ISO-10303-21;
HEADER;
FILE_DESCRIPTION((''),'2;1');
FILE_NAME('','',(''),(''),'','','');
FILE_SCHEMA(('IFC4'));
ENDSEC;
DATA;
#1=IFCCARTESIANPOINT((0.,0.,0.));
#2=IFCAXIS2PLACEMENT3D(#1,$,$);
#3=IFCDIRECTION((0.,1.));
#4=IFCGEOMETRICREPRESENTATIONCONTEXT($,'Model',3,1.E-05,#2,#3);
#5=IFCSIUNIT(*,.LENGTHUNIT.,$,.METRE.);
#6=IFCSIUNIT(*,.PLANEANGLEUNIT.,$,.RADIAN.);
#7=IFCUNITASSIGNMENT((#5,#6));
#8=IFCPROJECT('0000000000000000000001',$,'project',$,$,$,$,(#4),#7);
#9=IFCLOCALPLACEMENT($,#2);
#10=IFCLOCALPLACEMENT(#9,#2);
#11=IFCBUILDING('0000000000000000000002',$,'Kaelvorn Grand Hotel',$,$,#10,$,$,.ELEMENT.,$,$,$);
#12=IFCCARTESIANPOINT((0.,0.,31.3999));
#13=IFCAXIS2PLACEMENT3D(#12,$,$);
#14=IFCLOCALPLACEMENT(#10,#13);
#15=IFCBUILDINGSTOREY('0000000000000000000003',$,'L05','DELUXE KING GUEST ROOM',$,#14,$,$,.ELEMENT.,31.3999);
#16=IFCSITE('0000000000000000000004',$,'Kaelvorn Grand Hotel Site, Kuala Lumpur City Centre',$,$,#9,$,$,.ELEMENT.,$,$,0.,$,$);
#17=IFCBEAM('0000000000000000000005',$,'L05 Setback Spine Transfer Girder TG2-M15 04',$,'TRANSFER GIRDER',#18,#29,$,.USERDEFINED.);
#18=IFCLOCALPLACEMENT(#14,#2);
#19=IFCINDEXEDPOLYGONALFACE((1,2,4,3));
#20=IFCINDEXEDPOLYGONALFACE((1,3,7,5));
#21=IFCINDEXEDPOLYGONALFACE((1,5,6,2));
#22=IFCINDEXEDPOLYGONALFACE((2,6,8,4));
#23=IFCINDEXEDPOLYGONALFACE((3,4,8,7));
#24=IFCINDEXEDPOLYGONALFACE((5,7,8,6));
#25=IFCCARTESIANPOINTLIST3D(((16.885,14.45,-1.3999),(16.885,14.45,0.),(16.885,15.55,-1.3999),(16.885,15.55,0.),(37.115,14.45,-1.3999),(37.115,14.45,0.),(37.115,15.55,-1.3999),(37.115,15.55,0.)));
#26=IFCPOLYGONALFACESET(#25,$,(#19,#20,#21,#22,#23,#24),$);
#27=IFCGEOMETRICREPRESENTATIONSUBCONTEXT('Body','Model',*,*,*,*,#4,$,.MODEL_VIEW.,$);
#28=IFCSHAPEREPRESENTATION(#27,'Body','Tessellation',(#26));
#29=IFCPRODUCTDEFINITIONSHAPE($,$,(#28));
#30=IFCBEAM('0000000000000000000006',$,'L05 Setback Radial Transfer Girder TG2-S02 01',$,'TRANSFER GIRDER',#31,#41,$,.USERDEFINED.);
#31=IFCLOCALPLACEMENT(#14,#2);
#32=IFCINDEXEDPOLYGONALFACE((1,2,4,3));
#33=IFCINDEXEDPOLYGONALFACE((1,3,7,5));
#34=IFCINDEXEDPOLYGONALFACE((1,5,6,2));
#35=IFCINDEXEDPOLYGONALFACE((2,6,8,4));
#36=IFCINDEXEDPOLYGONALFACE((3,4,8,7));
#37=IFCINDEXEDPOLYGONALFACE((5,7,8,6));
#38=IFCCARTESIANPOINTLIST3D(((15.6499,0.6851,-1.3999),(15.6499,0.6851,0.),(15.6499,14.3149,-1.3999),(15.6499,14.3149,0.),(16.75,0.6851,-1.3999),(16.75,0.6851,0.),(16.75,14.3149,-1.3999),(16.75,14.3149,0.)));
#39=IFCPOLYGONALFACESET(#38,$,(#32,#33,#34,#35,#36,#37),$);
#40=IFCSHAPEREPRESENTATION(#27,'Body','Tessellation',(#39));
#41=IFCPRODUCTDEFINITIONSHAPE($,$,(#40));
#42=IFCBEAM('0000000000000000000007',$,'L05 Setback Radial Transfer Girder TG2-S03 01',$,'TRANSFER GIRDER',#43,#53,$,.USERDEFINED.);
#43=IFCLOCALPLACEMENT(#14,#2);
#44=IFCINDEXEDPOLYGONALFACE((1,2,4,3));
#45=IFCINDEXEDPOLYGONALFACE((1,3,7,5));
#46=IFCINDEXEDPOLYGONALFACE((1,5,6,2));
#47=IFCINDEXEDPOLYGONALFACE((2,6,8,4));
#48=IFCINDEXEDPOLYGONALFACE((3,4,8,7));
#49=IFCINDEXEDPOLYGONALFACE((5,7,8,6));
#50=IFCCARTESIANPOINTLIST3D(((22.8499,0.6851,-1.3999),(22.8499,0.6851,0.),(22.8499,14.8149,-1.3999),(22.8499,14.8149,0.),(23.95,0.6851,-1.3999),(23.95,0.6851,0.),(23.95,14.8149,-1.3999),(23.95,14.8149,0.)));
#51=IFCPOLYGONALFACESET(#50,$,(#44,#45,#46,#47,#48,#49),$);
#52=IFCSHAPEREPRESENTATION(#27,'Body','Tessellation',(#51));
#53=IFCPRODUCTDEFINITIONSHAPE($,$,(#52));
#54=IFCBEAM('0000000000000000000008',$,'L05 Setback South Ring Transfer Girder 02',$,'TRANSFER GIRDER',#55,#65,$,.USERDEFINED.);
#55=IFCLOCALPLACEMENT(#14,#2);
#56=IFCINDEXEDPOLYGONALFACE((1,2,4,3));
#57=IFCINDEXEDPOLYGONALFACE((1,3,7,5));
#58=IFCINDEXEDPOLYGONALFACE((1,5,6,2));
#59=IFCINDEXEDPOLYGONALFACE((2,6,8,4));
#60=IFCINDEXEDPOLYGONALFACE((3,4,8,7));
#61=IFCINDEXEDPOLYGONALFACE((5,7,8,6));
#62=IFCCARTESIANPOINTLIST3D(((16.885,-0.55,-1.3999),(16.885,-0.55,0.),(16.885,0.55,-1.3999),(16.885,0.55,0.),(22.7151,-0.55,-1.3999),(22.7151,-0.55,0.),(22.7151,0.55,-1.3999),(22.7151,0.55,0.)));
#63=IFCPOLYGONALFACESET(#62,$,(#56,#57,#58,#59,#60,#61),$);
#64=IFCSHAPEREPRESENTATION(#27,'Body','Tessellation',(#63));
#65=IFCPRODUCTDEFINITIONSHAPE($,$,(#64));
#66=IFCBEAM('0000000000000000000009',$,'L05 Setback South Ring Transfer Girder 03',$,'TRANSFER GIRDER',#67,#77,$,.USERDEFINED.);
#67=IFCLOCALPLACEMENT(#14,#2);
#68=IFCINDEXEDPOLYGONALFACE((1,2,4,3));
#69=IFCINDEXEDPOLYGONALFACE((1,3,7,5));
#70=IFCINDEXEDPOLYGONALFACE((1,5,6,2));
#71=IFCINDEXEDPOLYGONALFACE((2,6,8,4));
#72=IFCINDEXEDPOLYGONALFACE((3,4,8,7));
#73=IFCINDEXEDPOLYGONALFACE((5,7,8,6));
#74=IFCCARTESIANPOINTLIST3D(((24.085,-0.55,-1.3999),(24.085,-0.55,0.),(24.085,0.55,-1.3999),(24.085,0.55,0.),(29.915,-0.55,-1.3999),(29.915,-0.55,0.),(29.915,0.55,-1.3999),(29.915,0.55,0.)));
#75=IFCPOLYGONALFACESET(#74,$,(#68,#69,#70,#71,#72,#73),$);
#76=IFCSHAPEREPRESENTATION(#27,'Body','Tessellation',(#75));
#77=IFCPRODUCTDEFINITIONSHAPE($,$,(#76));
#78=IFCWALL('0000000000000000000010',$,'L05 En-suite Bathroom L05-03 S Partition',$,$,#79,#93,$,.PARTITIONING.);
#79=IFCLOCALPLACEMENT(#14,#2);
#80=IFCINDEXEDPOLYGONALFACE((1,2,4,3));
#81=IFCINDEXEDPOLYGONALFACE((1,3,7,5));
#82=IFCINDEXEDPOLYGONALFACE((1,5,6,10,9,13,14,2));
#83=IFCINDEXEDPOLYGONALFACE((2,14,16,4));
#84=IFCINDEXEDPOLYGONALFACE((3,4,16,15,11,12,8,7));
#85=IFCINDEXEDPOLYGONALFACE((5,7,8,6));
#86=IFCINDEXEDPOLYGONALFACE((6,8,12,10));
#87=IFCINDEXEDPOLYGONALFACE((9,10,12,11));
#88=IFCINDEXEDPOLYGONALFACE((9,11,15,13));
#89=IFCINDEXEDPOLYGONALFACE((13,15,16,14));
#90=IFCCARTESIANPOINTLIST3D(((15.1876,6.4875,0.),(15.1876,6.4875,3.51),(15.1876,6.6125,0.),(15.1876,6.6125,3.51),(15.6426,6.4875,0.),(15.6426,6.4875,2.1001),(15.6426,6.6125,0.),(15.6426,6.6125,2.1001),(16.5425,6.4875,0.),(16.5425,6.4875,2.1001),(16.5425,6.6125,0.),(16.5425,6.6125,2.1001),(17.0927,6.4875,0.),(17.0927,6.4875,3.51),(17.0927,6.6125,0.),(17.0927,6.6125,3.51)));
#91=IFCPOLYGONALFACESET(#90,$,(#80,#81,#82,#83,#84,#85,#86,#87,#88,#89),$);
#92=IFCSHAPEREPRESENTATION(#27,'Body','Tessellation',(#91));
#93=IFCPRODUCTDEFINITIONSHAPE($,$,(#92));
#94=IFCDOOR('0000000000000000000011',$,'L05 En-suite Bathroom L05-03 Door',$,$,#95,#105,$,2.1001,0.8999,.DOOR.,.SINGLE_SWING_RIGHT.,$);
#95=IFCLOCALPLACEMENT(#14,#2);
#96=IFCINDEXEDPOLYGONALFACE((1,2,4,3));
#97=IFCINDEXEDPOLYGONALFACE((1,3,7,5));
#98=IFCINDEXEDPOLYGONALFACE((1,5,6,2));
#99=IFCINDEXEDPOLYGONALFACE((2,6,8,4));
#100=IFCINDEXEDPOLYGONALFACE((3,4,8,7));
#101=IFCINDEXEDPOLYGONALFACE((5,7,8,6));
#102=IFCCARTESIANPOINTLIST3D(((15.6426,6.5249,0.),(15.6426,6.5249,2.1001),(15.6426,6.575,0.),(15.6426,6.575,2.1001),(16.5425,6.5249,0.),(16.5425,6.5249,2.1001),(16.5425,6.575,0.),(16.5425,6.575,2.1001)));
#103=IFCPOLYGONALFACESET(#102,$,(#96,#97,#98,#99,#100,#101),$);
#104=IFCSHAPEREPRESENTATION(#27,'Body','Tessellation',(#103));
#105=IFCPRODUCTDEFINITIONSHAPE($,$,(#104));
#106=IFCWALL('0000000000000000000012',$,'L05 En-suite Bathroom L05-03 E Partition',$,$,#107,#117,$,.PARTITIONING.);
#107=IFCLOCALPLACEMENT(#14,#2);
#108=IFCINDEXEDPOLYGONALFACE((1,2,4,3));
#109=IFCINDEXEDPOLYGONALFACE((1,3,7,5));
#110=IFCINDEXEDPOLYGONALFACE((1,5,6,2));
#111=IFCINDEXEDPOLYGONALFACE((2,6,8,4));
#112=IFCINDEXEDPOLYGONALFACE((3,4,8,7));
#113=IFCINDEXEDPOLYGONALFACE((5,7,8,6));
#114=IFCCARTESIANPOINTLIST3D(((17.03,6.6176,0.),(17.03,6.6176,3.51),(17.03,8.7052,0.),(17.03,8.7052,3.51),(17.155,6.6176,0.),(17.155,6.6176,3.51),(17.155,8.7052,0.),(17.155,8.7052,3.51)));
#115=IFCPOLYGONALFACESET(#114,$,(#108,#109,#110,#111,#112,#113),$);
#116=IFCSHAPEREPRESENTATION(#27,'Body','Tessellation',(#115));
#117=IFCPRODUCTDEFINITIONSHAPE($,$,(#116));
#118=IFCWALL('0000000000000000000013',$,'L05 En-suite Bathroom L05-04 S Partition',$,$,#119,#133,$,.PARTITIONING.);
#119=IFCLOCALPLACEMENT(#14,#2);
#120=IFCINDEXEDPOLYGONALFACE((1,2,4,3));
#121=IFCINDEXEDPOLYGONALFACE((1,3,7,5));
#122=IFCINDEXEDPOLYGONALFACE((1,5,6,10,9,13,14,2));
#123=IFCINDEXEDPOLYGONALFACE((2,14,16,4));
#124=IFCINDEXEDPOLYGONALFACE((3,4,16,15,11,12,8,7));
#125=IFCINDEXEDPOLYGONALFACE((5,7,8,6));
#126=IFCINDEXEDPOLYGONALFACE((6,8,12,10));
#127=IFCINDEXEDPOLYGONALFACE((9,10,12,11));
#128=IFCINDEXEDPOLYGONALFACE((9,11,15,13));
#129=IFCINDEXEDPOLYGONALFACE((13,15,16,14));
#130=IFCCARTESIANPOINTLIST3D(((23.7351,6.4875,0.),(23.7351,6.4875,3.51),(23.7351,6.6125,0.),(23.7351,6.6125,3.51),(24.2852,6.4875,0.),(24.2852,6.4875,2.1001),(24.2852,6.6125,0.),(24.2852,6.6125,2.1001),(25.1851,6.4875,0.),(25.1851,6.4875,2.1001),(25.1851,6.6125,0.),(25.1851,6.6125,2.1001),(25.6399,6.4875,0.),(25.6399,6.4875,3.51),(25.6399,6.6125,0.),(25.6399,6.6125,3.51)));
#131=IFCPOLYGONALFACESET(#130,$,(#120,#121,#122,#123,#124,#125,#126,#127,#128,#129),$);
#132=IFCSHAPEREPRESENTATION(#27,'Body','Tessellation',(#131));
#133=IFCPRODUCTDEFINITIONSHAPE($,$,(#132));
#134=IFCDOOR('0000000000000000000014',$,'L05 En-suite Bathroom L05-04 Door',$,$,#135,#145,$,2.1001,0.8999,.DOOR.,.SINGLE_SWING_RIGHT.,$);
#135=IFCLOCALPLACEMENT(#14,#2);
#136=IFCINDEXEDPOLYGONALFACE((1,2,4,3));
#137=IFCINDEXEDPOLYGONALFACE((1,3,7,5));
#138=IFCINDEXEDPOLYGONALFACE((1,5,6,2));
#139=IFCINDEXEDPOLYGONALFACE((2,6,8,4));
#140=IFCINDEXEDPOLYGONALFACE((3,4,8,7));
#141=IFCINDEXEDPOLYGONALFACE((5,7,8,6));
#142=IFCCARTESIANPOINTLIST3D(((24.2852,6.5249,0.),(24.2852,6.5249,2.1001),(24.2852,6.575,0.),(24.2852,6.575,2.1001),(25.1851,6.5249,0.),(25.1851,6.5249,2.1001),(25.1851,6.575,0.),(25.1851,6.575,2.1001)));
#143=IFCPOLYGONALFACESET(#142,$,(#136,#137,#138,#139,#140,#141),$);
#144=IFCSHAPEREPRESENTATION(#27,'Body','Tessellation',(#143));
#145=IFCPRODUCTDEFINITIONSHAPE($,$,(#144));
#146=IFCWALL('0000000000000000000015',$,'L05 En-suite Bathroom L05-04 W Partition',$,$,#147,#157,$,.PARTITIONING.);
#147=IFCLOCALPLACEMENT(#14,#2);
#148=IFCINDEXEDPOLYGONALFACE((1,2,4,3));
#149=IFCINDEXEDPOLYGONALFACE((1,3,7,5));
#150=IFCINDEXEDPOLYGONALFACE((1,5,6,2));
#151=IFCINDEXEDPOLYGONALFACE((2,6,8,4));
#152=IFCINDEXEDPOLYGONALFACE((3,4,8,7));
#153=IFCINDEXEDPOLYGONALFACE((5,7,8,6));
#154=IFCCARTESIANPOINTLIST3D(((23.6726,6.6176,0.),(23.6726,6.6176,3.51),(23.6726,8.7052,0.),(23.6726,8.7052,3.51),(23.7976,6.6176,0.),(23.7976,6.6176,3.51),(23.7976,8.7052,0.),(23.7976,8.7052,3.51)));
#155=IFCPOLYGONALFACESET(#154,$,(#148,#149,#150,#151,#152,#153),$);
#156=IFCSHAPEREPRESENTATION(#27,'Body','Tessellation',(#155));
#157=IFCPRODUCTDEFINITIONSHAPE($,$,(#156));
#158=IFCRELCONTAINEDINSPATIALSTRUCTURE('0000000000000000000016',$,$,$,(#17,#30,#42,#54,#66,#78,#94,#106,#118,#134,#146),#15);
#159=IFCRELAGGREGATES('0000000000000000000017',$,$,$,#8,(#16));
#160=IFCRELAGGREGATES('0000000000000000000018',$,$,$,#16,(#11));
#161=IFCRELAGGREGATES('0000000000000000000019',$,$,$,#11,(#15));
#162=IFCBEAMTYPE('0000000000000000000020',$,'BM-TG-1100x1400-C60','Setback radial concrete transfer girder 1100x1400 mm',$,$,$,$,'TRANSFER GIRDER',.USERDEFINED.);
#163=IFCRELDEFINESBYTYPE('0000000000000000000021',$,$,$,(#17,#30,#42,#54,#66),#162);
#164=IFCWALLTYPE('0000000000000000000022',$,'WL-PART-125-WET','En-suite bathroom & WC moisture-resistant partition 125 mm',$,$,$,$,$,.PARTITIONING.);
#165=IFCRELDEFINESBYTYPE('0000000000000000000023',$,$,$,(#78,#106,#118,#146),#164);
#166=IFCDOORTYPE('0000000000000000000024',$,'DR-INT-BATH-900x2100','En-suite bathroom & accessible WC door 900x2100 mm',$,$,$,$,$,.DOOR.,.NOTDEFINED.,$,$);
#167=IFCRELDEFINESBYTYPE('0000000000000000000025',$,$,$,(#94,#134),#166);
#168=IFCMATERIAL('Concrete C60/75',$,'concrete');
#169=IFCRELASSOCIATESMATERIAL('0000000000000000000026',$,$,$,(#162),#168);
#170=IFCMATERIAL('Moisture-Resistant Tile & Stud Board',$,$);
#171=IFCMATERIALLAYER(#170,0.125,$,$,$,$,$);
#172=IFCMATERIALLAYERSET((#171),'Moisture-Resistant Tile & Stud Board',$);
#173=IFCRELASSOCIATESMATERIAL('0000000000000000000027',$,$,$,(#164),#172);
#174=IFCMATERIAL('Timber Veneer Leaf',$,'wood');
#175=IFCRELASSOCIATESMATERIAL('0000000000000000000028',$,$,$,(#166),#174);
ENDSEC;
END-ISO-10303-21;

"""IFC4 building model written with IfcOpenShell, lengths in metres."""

from ifc_helpers import new_model, si_unit, direction, frame, frame_2d, origin, origin_2d, place, context, subcontext, project, spatial, rectangle, extrude, material, layer, layer_set, material_profile, profile_set, type_object, element, fill, save


model = new_model("IFC4")

# Units and contexts
model_context = context("Model", 3, precision=1e-05, world=origin(), true_north=direction((0.0, 1.0)))
body_context = subcontext(model_context, "Body", "Model", "MODEL_VIEW")
ifc_project = project(units=[si_unit("LENGTHUNIT", "METRE"), si_unit("PLANEANGLEUNIT", "RADIAN")], contexts=[model_context])

# Site, building, storey
site_placement = place(None, origin())
site = spatial("IfcSite", under=ifc_project, at=site_placement, Name="Kaelvorn Grand Hotel Site, Kuala Lumpur City Centre", CompositionType="ELEMENT", RefElevation=0.0)
building_placement = place(site_placement, origin())
building = spatial("IfcBuilding", under=site, at=building_placement, Name="Kaelvorn Grand Hotel", CompositionType="ELEMENT")
storey_placement = place(building_placement, frame((0.0, 0.0, 31.3999)))
storey = spatial("IfcBuildingStorey", under=building, at=storey_placement, Name="L05", Description="DELUXE KING GUEST ROOM", CompositionType="ELEMENT", Elevation=31.3999)

# Beams
ifc_material_1 = material(Name="Concrete C60/75", Category="concrete")
ifc_material_profile_1 = material_profile(ifc_material_1, rectangle(XDim=1.1001, YDim=1.3999, at=origin_2d()), Name="RC TG 1100x1400")
ifc_profile_set_1 = profile_set([ifc_material_profile_1], Name="Concrete C60/75")
beam_type_1 = type_object("IfcBeamType", Name="BM-TG-1100x1400-C60", Description="Setback radial concrete transfer girder 1100x1400 mm", ElementType="TRANSFER GIRDER", PredefinedType="USERDEFINED", material=ifc_profile_set_1)
beam_1_placement = place(storey_placement, frame((16.885, 15.0, -0.7), z_axis=(1.0, 0.0, 0.0), x_axis=(0.0, 1.0, 0.0)))
element("IfcBeam", 1, at=beam_1_placement, inside=storey, type_object=beam_type_1, Name="L05 Setback Spine Transfer Girder TG2-M15 04", ObjectType="TRANSFER GIRDER", PredefinedType="USERDEFINED", context=body_context, shape_type="SweptSolid", body=[
    extrude(rectangle(XDim=1.1001, YDim=1.3999, at=origin_2d()), origin(), (0.0, 0.0, 1.0), 20.23),
])
beam_2_placement = place(storey_placement, frame((16.2, 0.6851, -0.7), z_axis=(0.0, 1.0, 0.0), x_axis=(-1.0, 0.0, 0.0)))
element("IfcBeam", 2, at=beam_2_placement, inside=storey, type_object=beam_type_1, Name="L05 Setback Radial Transfer Girder TG2-S02 01", ObjectType="TRANSFER GIRDER", PredefinedType="USERDEFINED", context=body_context, shape_type="SweptSolid", body=[
    extrude(rectangle(XDim=1.1001, YDim=1.3999, at=origin_2d()), origin(), (0.0, 0.0, 1.0), 13.6299),
])
beam_3_placement = place(storey_placement, frame((23.3999, 0.6851, -0.7), z_axis=(0.0, 1.0, 0.0), x_axis=(-1.0, 0.0, 0.0)))
element("IfcBeam", 3, at=beam_3_placement, inside=storey, type_object=beam_type_1, Name="L05 Setback Radial Transfer Girder TG2-S03 01", ObjectType="TRANSFER GIRDER", PredefinedType="USERDEFINED", context=body_context, shape_type="SweptSolid", body=[
    extrude(rectangle(XDim=1.1001, YDim=1.3999, at=origin_2d()), origin(), (0.0, 0.0, 1.0), 14.1299),
])
for number, where, z_axis, x_axis, name in (
    (4, (16.885, 0.0, -0.7), (1.0, 0.0, 0.0), (0.0, 1.0, 0.0), "L05 Setback South Ring Transfer Girder 02"),
    (5, (24.085, 0.0, -0.7), (1.0, 0.0, 0.0), (0.0, 1.0, 0.0), "L05 Setback South Ring Transfer Girder 03"),
):
    element("IfcBeam", number, at=place(storey_placement, frame(where, z_axis=z_axis, x_axis=x_axis)), inside=storey, type_object=beam_type_1, Name=name, ObjectType="TRANSFER GIRDER", PredefinedType="USERDEFINED", context=body_context, shape_type="SweptSolid", body=[
        extrude(rectangle(XDim=1.1001, YDim=1.3999, at=origin_2d()), origin(), (0.0, 0.0, 1.0), 5.8301),
    ])

# Wall, opening, door
ifc_material_2 = material(Name="Moisture-Resistant Tile & Stud Board")
ifc_layer_1 = layer(ifc_material_2, 0.125)
ifc_layer_set_1 = layer_set([ifc_layer_1], Name="Moisture-Resistant Tile & Stud Board")
wall_type_1 = type_object("IfcWallType", Name="WL-PART-125-WET", Description="En-suite bathroom & WC moisture-resistant partition 125 mm", PredefinedType="PARTITIONING", material=ifc_layer_set_1)
wall_1_placement = place(storey_placement, frame((15.1875, 6.55, 0.0), z_axis=(0.0, 0.0, 1.0), x_axis=(1.0, 0.0, 0.0)))
wall_1 = element("IfcWall", 6, at=wall_1_placement, inside=storey, type_object=wall_type_1, Name="L05 En-suite Bathroom L05-03 S Partition", PredefinedType="PARTITIONING", context=body_context, shape_type="SweptSolid", body=[
    extrude(rectangle(XDim=1.905, YDim=0.125, at=frame_2d((0.9526, 0.0))), origin(), (0.0, 0.0, 1.0), 3.51),
])
opening_1_placement = place(wall_1_placement, frame((0.4551, 0.0, 0.0)))
opening_1 = element("IfcOpeningElement", 7, at=opening_1_placement, cuts=wall_1, PredefinedType="OPENING", context=body_context, shape_type="SweptSolid", body=[
    extrude(rectangle(XDim=0.8999, YDim=2.1001, at=frame_2d((0.45, 1.05))), frame((0.0, 0.0725, 0.0), z_axis=(0.0, -1.0, 0.0), x_axis=(1.0, 0.0, 0.0)), (0.0, 0.0, 1.0), 0.145),
])
ifc_material_3 = material(Name="Timber Veneer Leaf", Category="wood")
door_type_1 = type_object("IfcDoorType", Name="DR-INT-BATH-900x2100", Description="En-suite bathroom & accessible WC door 900x2100 mm", OperationType="NOTDEFINED", PredefinedType="DOOR", material=ifc_material_3)
door_1_placement = place(opening_1_placement, origin())
door_1 = element("IfcDoor", 8, at=door_1_placement, inside=storey, type_object=door_type_1, Name="L05 En-suite Bathroom L05-03 Door", OperationType="SINGLE_SWING_RIGHT", OverallHeight=2.1001, OverallWidth=0.8999, PredefinedType="DOOR", context=body_context, shape_type="SweptSolid", body=[
    extrude(rectangle(XDim=0.8999, YDim=2.1001, at=frame_2d((0.45, 1.05))), frame((0.0, 0.0249, 0.0), z_axis=(0.0, -1.0, 0.0), x_axis=(1.0, 0.0, 0.0)), (0.0, 0.0, 1.0), 0.05),
])
fill(opening_1, door_1)

# Wall
wall_2_placement = place(storey_placement, frame((17.0925, 6.6174, 0.0), z_axis=(0.0, 0.0, 1.0), x_axis=(0.0, 1.0, 0.0)))
element("IfcWall", 9, at=wall_2_placement, inside=storey, type_object=wall_type_1, Name="L05 En-suite Bathroom L05-03 E Partition", PredefinedType="PARTITIONING", context=body_context, shape_type="SweptSolid", body=[
    extrude(rectangle(XDim=2.0876, YDim=0.125, at=frame_2d((1.0439, 0.0))), origin(), (0.0, 0.0, 1.0), 3.51),
])

# Wall, opening, door
wall_3_placement = place(storey_placement, frame((23.7351, 6.55, 0.0), z_axis=(0.0, 0.0, 1.0), x_axis=(1.0, 0.0, 0.0)))
wall_3 = element("IfcWall", 10, at=wall_3_placement, inside=storey, type_object=wall_type_1, Name="L05 En-suite Bathroom L05-04 S Partition", PredefinedType="PARTITIONING", context=body_context, shape_type="SweptSolid", body=[
    extrude(rectangle(XDim=1.9048, YDim=0.125, at=frame_2d((0.9524, 0.0))), origin(), (0.0, 0.0, 1.0), 3.51),
])
opening_2_placement = place(wall_3_placement, frame((0.55, 0.0, 0.0)))
opening_2 = element("IfcOpeningElement", 11, at=opening_2_placement, cuts=wall_3, PredefinedType="OPENING", context=body_context, shape_type="SweptSolid", body=[
    extrude(rectangle(XDim=0.8999, YDim=2.1001, at=frame_2d((0.45, 1.05))), frame((0.0, 0.0725, 0.0), z_axis=(0.0, -1.0, 0.0), x_axis=(1.0, 0.0, 0.0)), (0.0, 0.0, 1.0), 0.145),
])
door_2_placement = place(opening_2_placement, origin())
door_2 = element("IfcDoor", 12, at=door_2_placement, inside=storey, type_object=door_type_1, Name="L05 En-suite Bathroom L05-04 Door", OperationType="SINGLE_SWING_RIGHT", OverallHeight=2.1001, OverallWidth=0.8999, PredefinedType="DOOR", context=body_context, shape_type="SweptSolid", body=[
    extrude(rectangle(XDim=0.8999, YDim=2.1001, at=frame_2d((0.45, 1.05))), frame((0.0, 0.0249, 0.0), z_axis=(0.0, -1.0, 0.0), x_axis=(1.0, 0.0, 0.0)), (0.0, 0.0, 1.0), 0.05),
])
fill(opening_2, door_2)

# Wall
wall_4_placement = place(storey_placement, frame((23.7351, 6.6174, 0.0), z_axis=(0.0, 0.0, 1.0), x_axis=(0.0, 1.0, 0.0)))
element("IfcWall", 13, at=wall_4_placement, inside=storey, type_object=wall_type_1, Name="L05 En-suite Bathroom L05-04 W Partition", PredefinedType="PARTITIONING", context=body_context, shape_type="SweptSolid", body=[
    extrude(rectangle(XDim=2.0876, YDim=0.125, at=frame_2d((1.0439, 0.0))), origin(), (0.0, 0.0, 1.0), 3.51),
])

save(model, "model.ifc")
